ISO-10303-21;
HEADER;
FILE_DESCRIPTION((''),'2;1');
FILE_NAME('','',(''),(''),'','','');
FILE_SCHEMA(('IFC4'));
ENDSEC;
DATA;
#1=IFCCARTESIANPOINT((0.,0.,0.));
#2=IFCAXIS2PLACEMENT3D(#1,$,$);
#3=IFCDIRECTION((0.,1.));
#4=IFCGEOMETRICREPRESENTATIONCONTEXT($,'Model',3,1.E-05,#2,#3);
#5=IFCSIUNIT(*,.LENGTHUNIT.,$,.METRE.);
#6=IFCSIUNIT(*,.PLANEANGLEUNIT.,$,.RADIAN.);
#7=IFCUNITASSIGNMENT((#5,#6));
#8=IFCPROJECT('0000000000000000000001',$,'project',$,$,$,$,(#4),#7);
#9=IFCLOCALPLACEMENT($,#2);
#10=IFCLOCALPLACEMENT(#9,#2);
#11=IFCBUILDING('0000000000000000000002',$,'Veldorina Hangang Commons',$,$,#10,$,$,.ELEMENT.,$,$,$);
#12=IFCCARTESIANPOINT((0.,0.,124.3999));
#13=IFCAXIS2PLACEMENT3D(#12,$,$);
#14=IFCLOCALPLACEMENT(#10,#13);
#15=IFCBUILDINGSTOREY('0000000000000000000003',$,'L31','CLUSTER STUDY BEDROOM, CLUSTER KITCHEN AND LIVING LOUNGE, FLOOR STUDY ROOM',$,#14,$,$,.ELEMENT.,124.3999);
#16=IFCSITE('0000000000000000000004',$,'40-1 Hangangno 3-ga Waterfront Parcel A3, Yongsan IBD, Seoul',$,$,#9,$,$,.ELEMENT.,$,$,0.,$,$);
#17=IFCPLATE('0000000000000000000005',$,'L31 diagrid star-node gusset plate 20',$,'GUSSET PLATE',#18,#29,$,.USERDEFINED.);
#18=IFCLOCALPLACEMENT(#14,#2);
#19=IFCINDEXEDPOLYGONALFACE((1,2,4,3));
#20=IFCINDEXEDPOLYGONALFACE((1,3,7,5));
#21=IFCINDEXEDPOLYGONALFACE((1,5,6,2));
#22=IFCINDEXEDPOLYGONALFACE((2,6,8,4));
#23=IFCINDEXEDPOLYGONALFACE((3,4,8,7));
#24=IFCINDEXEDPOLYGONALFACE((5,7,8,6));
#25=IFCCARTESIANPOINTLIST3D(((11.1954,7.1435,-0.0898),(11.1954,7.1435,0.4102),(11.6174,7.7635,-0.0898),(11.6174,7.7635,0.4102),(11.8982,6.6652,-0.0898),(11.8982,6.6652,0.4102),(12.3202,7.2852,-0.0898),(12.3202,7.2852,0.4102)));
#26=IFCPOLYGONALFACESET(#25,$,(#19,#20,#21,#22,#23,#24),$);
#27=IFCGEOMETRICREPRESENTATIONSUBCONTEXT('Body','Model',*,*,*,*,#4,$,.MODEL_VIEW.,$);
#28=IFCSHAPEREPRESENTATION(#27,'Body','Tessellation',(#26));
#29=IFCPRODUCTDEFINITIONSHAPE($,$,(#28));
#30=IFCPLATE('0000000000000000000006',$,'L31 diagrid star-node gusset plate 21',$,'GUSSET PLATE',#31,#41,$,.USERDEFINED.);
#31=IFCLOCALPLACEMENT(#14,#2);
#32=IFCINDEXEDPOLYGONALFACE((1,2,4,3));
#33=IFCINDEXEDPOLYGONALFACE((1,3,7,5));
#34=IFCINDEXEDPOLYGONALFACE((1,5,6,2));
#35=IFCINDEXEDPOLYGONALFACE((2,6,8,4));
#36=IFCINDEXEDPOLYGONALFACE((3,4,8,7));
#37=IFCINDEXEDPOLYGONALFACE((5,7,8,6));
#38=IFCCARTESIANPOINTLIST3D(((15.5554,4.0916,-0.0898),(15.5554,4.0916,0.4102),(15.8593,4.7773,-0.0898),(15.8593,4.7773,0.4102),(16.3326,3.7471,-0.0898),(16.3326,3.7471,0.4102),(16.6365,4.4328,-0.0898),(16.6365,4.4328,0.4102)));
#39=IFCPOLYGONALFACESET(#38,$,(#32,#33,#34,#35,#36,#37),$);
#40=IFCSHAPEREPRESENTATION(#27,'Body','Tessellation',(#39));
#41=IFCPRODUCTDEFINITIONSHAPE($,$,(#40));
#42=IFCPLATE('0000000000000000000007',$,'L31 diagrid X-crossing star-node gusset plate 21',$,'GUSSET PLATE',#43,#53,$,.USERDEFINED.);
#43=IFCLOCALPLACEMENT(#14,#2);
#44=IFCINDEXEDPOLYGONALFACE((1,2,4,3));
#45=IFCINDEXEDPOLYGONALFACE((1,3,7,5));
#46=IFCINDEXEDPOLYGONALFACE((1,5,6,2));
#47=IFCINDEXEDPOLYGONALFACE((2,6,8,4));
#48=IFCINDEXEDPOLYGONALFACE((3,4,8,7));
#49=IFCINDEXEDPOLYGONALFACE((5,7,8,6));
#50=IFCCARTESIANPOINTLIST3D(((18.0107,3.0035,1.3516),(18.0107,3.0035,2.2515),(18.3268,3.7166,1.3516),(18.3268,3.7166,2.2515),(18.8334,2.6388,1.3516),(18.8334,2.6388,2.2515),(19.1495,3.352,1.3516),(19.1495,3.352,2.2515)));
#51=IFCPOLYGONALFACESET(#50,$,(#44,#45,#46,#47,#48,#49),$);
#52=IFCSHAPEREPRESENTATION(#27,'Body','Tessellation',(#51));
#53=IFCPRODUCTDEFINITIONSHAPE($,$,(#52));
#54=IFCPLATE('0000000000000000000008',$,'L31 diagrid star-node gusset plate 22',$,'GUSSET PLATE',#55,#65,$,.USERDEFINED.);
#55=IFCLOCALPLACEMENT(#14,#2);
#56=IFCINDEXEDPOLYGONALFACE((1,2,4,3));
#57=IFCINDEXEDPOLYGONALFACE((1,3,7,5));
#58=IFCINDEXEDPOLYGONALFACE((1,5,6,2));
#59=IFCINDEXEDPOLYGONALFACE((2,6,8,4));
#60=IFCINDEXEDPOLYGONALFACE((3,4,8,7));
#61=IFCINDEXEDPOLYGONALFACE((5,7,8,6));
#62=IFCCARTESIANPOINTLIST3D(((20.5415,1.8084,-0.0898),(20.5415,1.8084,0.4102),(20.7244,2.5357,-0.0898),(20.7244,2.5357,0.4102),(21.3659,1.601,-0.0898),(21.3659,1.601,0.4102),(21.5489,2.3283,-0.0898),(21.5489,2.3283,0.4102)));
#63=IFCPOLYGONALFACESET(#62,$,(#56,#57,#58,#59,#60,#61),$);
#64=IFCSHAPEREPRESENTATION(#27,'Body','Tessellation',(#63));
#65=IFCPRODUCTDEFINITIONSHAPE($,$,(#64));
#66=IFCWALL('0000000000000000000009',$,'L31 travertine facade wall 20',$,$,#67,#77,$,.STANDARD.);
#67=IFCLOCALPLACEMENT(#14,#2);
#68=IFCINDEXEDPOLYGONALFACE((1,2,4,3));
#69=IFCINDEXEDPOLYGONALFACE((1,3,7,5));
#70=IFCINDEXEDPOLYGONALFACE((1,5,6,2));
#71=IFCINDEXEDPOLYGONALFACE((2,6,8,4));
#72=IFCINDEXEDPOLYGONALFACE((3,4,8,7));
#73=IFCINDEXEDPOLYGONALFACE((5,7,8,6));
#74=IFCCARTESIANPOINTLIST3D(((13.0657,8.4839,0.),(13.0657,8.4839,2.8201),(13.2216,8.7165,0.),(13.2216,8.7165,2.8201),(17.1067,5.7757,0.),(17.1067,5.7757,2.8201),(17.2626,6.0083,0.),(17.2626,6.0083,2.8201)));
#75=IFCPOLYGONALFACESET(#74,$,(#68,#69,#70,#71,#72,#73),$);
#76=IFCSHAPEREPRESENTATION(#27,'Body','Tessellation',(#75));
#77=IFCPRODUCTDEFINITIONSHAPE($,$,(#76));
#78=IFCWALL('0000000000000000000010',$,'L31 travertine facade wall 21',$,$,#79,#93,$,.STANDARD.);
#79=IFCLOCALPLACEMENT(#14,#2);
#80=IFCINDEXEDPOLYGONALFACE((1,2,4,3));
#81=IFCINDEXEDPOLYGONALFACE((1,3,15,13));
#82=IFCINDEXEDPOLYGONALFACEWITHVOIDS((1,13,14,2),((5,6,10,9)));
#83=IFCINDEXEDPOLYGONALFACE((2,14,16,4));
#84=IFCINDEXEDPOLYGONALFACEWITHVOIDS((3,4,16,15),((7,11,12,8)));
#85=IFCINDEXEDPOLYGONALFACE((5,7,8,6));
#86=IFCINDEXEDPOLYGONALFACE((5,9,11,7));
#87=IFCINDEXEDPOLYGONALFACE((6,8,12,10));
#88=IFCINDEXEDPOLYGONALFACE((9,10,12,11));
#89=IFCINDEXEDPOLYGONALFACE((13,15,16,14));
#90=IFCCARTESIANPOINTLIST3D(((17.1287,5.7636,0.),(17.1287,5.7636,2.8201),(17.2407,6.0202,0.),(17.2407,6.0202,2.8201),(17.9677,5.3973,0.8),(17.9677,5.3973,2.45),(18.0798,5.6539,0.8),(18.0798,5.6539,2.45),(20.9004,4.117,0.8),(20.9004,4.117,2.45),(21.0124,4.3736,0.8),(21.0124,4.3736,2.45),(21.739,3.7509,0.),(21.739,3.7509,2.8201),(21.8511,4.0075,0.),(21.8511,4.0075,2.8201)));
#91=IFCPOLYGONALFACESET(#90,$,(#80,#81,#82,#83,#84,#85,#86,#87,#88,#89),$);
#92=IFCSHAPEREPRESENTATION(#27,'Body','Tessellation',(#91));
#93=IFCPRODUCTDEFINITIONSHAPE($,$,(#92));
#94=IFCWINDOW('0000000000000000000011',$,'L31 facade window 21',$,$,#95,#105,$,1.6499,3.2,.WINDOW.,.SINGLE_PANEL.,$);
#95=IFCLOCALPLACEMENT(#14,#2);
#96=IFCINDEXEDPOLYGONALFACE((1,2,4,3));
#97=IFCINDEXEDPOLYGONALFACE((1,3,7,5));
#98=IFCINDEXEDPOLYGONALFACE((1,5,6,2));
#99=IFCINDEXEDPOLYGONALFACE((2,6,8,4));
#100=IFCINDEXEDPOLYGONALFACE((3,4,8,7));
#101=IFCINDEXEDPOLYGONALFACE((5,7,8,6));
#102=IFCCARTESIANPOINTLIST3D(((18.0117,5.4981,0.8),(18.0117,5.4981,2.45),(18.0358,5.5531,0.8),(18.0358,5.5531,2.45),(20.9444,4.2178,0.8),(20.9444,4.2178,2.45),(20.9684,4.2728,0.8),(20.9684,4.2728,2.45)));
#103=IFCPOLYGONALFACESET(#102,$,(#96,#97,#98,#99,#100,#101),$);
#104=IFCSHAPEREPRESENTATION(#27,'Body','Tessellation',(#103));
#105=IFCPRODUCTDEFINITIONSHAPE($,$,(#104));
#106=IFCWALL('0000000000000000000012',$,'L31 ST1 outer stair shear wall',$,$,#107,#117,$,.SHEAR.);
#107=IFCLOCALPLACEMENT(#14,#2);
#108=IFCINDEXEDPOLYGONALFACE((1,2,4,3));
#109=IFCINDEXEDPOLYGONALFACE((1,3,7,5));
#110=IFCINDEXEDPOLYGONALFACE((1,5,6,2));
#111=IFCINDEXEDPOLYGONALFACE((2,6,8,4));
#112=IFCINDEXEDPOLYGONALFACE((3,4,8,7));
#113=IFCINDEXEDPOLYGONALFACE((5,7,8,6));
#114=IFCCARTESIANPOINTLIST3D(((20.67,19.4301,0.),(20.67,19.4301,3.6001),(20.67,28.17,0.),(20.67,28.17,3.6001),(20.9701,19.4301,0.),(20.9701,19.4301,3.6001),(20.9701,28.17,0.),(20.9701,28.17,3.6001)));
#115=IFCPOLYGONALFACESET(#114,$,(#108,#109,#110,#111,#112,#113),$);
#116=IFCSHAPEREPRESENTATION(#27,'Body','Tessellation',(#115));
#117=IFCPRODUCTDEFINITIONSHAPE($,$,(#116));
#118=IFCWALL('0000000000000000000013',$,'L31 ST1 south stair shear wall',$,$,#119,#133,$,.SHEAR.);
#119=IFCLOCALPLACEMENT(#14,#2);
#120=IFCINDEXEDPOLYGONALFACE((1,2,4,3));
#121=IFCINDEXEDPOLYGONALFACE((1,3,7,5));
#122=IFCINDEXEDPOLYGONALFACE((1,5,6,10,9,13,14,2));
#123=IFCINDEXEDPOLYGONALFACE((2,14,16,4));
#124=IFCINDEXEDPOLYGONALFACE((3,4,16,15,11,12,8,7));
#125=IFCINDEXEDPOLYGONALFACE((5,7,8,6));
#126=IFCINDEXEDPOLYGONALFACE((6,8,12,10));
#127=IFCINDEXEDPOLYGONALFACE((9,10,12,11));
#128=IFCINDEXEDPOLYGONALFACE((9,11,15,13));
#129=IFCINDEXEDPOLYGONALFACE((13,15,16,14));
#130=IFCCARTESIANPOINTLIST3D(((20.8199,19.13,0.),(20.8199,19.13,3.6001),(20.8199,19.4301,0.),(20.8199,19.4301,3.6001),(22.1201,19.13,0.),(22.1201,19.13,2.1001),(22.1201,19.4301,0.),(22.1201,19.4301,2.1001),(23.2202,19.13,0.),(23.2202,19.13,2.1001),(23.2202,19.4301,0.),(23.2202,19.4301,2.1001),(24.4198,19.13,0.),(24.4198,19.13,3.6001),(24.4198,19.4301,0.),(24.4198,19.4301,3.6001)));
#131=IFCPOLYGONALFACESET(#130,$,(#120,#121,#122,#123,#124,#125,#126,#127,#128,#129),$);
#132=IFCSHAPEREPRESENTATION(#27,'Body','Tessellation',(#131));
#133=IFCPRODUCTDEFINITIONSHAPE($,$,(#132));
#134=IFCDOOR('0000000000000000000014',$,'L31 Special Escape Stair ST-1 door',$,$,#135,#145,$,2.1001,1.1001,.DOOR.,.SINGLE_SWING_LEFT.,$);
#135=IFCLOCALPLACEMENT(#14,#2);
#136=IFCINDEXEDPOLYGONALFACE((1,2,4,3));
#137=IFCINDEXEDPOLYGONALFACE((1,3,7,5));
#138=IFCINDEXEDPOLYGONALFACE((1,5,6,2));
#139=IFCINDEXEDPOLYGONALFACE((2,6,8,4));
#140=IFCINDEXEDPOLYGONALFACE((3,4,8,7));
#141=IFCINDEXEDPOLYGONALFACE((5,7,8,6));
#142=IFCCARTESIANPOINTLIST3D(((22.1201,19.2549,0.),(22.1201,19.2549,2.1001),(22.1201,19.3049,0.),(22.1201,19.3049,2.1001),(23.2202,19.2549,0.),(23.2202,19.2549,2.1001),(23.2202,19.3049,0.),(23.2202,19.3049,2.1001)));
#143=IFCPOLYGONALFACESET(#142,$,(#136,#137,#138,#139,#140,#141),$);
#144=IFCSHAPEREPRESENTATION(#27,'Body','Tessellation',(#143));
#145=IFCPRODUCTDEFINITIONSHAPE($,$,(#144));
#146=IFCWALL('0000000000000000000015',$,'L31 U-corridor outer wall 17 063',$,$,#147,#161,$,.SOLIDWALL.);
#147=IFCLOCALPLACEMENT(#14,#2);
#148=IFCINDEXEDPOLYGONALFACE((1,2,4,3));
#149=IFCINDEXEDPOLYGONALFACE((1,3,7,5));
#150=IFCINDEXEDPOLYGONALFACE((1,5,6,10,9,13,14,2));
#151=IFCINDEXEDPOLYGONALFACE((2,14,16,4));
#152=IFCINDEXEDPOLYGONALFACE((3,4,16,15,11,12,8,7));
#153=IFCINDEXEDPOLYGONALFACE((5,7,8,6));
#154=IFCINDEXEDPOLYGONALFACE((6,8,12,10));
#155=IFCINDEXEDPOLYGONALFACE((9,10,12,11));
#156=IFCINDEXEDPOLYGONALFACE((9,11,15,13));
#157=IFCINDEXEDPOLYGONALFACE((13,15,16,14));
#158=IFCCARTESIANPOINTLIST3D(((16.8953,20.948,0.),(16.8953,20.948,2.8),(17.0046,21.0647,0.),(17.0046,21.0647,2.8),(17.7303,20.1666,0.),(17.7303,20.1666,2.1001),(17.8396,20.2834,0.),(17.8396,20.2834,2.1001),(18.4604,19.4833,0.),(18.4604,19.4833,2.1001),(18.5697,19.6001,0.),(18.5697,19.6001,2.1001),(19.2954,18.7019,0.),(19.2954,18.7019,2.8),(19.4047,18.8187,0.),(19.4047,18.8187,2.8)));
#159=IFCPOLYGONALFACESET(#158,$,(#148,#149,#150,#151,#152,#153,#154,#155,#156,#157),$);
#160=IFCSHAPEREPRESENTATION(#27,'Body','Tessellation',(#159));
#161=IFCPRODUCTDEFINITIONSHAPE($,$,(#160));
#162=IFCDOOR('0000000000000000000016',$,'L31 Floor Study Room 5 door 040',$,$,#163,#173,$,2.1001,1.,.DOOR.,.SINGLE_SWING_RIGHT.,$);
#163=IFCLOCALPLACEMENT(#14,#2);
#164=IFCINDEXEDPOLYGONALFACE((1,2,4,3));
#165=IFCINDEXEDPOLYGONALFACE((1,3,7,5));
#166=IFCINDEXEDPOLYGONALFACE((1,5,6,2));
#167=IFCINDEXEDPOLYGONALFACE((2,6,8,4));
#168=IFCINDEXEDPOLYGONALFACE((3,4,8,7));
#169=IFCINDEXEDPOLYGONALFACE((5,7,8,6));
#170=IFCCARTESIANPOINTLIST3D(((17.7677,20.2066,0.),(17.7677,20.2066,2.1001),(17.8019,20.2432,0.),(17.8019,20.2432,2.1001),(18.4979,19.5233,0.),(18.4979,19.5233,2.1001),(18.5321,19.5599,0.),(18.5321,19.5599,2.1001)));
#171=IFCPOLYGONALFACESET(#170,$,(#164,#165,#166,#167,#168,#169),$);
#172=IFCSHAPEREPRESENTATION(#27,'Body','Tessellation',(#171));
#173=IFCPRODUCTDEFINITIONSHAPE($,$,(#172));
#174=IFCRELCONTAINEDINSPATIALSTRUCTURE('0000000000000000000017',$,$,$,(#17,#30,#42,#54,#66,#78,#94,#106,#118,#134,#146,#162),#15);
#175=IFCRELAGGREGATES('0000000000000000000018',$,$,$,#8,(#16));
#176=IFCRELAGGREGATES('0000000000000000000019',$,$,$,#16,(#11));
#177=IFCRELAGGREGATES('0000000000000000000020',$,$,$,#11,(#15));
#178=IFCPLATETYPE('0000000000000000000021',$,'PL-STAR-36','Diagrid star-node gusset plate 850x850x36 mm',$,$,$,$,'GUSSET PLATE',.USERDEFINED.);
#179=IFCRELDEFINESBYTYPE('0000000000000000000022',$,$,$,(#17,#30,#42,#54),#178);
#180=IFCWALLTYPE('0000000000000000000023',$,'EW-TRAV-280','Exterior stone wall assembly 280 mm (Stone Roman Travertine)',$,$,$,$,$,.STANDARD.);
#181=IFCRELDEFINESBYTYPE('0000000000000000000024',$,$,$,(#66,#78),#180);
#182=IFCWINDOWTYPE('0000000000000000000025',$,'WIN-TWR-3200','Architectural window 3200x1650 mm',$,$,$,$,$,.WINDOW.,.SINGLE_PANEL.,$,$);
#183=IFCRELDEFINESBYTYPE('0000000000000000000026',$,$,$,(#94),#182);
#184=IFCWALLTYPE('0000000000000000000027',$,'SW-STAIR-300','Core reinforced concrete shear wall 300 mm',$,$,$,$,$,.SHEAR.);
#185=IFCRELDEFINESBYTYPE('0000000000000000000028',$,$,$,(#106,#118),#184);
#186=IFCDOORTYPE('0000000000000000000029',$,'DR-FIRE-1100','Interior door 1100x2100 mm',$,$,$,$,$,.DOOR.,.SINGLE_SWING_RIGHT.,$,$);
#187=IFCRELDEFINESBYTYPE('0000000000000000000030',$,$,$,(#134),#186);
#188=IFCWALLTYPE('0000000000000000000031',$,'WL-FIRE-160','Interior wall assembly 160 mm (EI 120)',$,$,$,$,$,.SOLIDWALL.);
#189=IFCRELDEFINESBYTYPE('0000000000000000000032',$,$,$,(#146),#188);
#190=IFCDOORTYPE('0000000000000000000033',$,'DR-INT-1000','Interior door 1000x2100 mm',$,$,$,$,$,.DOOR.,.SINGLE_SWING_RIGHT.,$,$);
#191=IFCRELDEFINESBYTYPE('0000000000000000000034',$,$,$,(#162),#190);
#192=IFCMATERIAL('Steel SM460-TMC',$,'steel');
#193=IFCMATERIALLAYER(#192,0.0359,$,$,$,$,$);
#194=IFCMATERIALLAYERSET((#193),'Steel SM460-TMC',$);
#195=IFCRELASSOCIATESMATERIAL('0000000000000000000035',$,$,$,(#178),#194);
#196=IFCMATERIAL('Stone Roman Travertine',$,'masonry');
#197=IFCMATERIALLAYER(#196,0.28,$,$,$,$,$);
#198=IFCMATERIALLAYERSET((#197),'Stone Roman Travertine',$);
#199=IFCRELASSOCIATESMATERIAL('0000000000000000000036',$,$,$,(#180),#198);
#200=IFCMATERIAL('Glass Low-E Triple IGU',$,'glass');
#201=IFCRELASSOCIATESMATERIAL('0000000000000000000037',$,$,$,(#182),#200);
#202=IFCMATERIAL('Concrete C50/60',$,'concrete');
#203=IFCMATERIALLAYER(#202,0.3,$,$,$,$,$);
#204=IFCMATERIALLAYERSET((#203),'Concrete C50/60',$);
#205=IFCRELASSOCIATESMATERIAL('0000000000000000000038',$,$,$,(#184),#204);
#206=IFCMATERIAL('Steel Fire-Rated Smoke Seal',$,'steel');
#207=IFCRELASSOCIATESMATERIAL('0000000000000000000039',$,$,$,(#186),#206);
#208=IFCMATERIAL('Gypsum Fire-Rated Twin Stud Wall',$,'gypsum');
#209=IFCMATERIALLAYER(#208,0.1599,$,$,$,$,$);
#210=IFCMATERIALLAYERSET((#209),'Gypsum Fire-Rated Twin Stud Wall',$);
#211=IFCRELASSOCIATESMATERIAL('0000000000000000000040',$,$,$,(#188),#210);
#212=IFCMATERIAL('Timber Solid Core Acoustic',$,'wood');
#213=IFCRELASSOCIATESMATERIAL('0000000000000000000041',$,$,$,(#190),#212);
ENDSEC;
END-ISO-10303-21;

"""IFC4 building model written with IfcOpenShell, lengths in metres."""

from ifc_helpers import new_model, si_unit, direction, frame, frame_2d, origin, origin_2d, place, context, subcontext, project, spatial, rectangle, extrude, material, layer, layer_set, type_object, element, fill, save


model = new_model("IFC4")

# Units and contexts
model_context = context("Model", 3, precision=1e-05, world=origin(), true_north=direction((0.0, 1.0)))
body_context = subcontext(model_context, "Body", "Model", "MODEL_VIEW")
ifc_project = project(units=[si_unit("LENGTHUNIT", "METRE"), si_unit("PLANEANGLEUNIT", "RADIAN")], contexts=[model_context])

# Site, building, storey
site_placement = place(None, origin())
site = spatial("IfcSite", under=ifc_project, at=site_placement, Name="40-1 Hangangno 3-ga Waterfront Parcel A3, Yongsan IBD, Seoul", CompositionType="ELEMENT", RefElevation=0.0)
building_placement = place(site_placement, origin())
building = spatial("IfcBuilding", under=site, at=building_placement, Name="Veldorina Hangang Commons", CompositionType="ELEMENT")
storey_placement = place(building_placement, frame((0.0, 0.0, 124.3999)))
storey = spatial("IfcBuildingStorey", under=building, at=storey_placement, Name="L31", Description="CLUSTER STUDY BEDROOM, CLUSTER KITCHEN AND LIVING LOUNGE, FLOOR STUDY ROOM", CompositionType="ELEMENT", Elevation=124.3999)

# Plates
ifc_material_1 = material(Name="Steel SM460-TMC", Category="steel")
ifc_layer_1 = layer(ifc_material_1, 0.0359)
ifc_layer_set_1 = layer_set([ifc_layer_1], Name="Steel SM460-TMC")
plate_type = type_object("IfcPlateType", Name="PL-STAR-36", Description="Diagrid star-node gusset plate 850x850x36 mm", ElementType="GUSSET PLATE", PredefinedType="USERDEFINED", material=ifc_layer_set_1)
for number, where, z_axis, x_axis, name in (
    (1, (11.7578, 7.2144, -0.0898), (0.0, 0.0, 1.0), (0.826717, -0.562617, 0.0), "L31 diagrid star-node gusset plate 20"),
    (2, (16.0959, 4.2622, -0.0898), (0.0, 0.0, 1.0), (0.914219, -0.405221, 0.0), "L31 diagrid star-node gusset plate 21"),
):
    element("IfcPlate", number, at=place(storey_placement, frame(where, z_axis=z_axis, x_axis=x_axis)), inside=storey, type_object=plate_type, Name=name, ObjectType="GUSSET PLATE", PredefinedType="USERDEFINED", context=body_context, shape_type="SweptSolid", body=[
        extrude(rectangle(XDim=0.8501, YDim=0.75, at=origin_2d()), origin(), (0.0, 0.0, 1.0), 0.5),
    ])
plate_1_placement = place(storey_placement, frame((18.5801, 3.1777, 1.3516), z_axis=(0.0, 0.0, 1.0), x_axis=(0.914219, -0.405221, 0.0)))
element("IfcPlate", 3, at=plate_1_placement, inside=storey, type_object=plate_type, Name="L31 diagrid X-crossing star-node gusset plate 21", ObjectType="GUSSET PLATE", PredefinedType="USERDEFINED", context=body_context, shape_type="SweptSolid", body=[
    extrude(rectangle(XDim=0.8999, YDim=0.78, at=origin_2d()), origin(), (0.0, 0.0, 1.0), 0.8999),
])
plate_2_placement = place(storey_placement, frame((21.0452, 2.0684, -0.0898), z_axis=(0.0, 0.0, 1.0), x_axis=(0.969787, -0.243954, 0.0)))
element("IfcPlate", 4, at=plate_2_placement, inside=storey, type_object=plate_type, Name="L31 diagrid star-node gusset plate 22", ObjectType="GUSSET PLATE", PredefinedType="USERDEFINED", context=body_context, shape_type="SweptSolid", body=[
    extrude(rectangle(XDim=0.8501, YDim=0.75, at=origin_2d()), origin(), (0.0, 0.0, 1.0), 0.5),
])

# Wall
ifc_material_2 = material(Name="Stone Roman Travertine", Category="masonry")
ifc_layer_2 = layer(ifc_material_2, 0.28)
ifc_layer_set_2 = layer_set([ifc_layer_2], Name="Stone Roman Travertine")
wall_type_1 = type_object("IfcWallType", Name="EW-TRAV-280", Description="Exterior stone wall assembly 280 mm (Stone Roman Travertine)", PredefinedType="STANDARD", material=ifc_layer_set_2)
wall_1_placement = place(storey_placement, frame((13.1438, 8.6001, 0.0), z_axis=(0.0, 0.0, 1.0), x_axis=(0.830697, -0.556725, 0.0)))
element("IfcWall", 5, at=wall_1_placement, inside=storey, type_object=wall_type_1, Name="L31 travertine facade wall 20", PredefinedType="STANDARD", context=body_context, shape_type="SweptSolid", body=[
    extrude(rectangle(XDim=4.8645, YDim=0.28, at=frame_2d((2.4321, 0.0))), origin(), (0.0, 0.0, 1.0), 2.8201),
])

# Wall, opening, window
wall_2_placement = place(storey_placement, frame((17.1848, 5.8918, 0.0), z_axis=(0.0, 0.0, 1.0), x_axis=(0.916473, -0.400096, 0.0)))
wall_2 = element("IfcWall", 6, at=wall_2_placement, inside=storey, type_object=wall_type_1, Name="L31 travertine facade wall 21", PredefinedType="STANDARD", context=body_context, shape_type="SweptSolid", body=[
    extrude(rectangle(XDim=5.0305, YDim=0.28, at=frame_2d((2.5151, 0.0))), origin(), (0.0, 0.0, 1.0), 2.8201),
])
opening_1_placement = place(wall_2_placement, frame((0.9153, 0.0, 0.8)))
opening_1 = element("IfcOpeningElement", 7, at=opening_1_placement, cuts=wall_2, PredefinedType="OPENING", context=body_context, shape_type="SweptSolid", body=[
    extrude(rectangle(XDim=3.2, YDim=1.6499, at=frame_2d((1.6001, 0.825))), frame((0.0, 0.1499, 0.0), z_axis=(0.0, -1.0, 0.0), x_axis=(1.0, 0.0, 0.0)), (0.0, 0.0, 1.0), 0.3),
])
ifc_material_3 = material(Name="Glass Low-E Triple IGU", Category="glass")
window_type = type_object("IfcWindowType", Name="WIN-TWR-3200", Description="Architectural window 3200x1650 mm", PartitioningType="SINGLE_PANEL", PredefinedType="WINDOW", material=ifc_material_3)
window_placement = place(opening_1_placement, origin())
window = element("IfcWindow", 8, at=window_placement, inside=storey, type_object=window_type, Name="L31 facade window 21", OverallHeight=1.6499, OverallWidth=3.2, PartitioningType="SINGLE_PANEL", PredefinedType="WINDOW", context=body_context, shape_type="SweptSolid", body=[
    extrude(rectangle(XDim=3.2, YDim=1.6499, at=frame_2d((1.6001, 0.825))), frame((0.0, 0.03, 0.0), z_axis=(0.0, -1.0, 0.0), x_axis=(1.0, 0.0, 0.0)), (0.0, 0.0, 1.0), 0.0601),
])
fill(opening_1, window)

# Wall
ifc_material_4 = material(Name="Concrete C50/60", Category="concrete")
ifc_layer_3 = layer(ifc_material_4, 0.3)
ifc_layer_set_3 = layer_set([ifc_layer_3], Name="Concrete C50/60")
wall_type_2 = type_object("IfcWallType", Name="SW-STAIR-300", Description="Core reinforced concrete shear wall 300 mm", PredefinedType="SHEAR", material=ifc_layer_set_3)
wall_3_placement = place(storey_placement, frame((20.8201, 19.4299, 0.0), z_axis=(0.0, 0.0, 1.0), x_axis=(0.0, 1.0, 0.0)))
element("IfcWall", 9, at=wall_3_placement, inside=storey, type_object=wall_type_2, Name="L31 ST1 outer stair shear wall", PredefinedType="SHEAR", context=body_context, shape_type="SweptSolid", body=[
    extrude(rectangle(XDim=8.74, YDim=0.3, at=frame_2d((4.3701, 0.0))), origin(), (0.0, 0.0, 1.0), 3.6001),
])

# Walls, openings, doors
wall_4_placement = place(storey_placement, frame((20.8201, 19.28, 0.0), z_axis=(0.0, 0.0, 1.0), x_axis=(1.0, 0.0, 0.0)))
wall_4 = element("IfcWall", 10, at=wall_4_placement, inside=storey, type_object=wall_type_2, Name="L31 ST1 south stair shear wall", PredefinedType="SHEAR", context=body_context, shape_type="SweptSolid", body=[
    extrude(rectangle(XDim=3.5999, YDim=0.3, at=frame_2d((1.7998, 0.0))), origin(), (0.0, 0.0, 1.0), 3.6001),
])
opening_2_placement = place(wall_4_placement, frame((1.3, 0.0, 0.0)))
opening_2 = element("IfcOpeningElement", 11, at=opening_2_placement, cuts=wall_4, PredefinedType="OPENING", context=body_context, shape_type="SweptSolid", body=[
    extrude(rectangle(XDim=1.1001, YDim=2.1001, at=frame_2d((0.55, 1.05))), frame((0.0, 0.1602, 0.0), z_axis=(0.0, -1.0, 0.0), x_axis=(1.0, 0.0, 0.0)), (0.0, 0.0, 1.0), 0.3201),
])
ifc_material_5 = material(Name="Steel Fire-Rated Smoke Seal", Category="steel")
door_type_1 = type_object("IfcDoorType", Name="DR-FIRE-1100", Description="Interior door 1100x2100 mm", OperationType="SINGLE_SWING_RIGHT", PredefinedType="DOOR", material=ifc_material_5)
door_1_placement = place(opening_2_placement, origin())
door_1 = element("IfcDoor", 12, at=door_1_placement, inside=storey, type_object=door_type_1, Name="L31 Special Escape Stair ST-1 door", OperationType="SINGLE_SWING_LEFT", OverallHeight=2.1001, OverallWidth=1.1001, PredefinedType="DOOR", context=body_context, shape_type="SweptSolid", body=[
    extrude(rectangle(XDim=1.1001, YDim=2.1001, at=frame_2d((0.55, 1.05))), frame((0.0, 0.0249, 0.0), z_axis=(0.0, -1.0, 0.0), x_axis=(1.0, 0.0, 0.0)), (0.0, 0.0, 1.0), 0.05),
])
fill(opening_2, door_1)
ifc_material_6 = material(Name="Gypsum Fire-Rated Twin Stud Wall", Category="gypsum")
ifc_layer_4 = layer(ifc_material_6, 0.1599)
ifc_layer_set_4 = layer_set([ifc_layer_4], Name="Gypsum Fire-Rated Twin Stud Wall")
wall_type_3 = type_object("IfcWallType", Name="WL-FIRE-160", Description="Interior wall assembly 160 mm (EI 120)", PredefinedType="SOLIDWALL", material=ifc_layer_set_4)
wall_5_placement = place(storey_placement, frame((16.95, 21.0063, 0.0), z_axis=(0.0, 0.0, 1.0), x_axis=(0.730151, -0.683286, 0.0)))
wall_5 = element("IfcWall", 13, at=wall_5_placement, inside=storey, type_object=wall_type_3, Name="L31 U-corridor outer wall 17 063", PredefinedType="SOLIDWALL", context=body_context, shape_type="SweptSolid", body=[
    extrude(rectangle(XDim=3.2871, YDim=0.1599, at=frame_2d((1.6436, 0.0))), origin(), (0.0, 0.0, 1.0), 2.8),
])
opening_3_placement = place(wall_5_placement, frame((1.1436, 0.0, 0.0)))
opening_3 = element("IfcOpeningElement", 14, at=opening_3_placement, cuts=wall_5, PredefinedType="OPENING", context=body_context, shape_type="SweptSolid", body=[
    extrude(rectangle(XDim=1.0, YDim=2.1001, at=frame_2d((0.5, 1.05))), frame((0.0, 0.0898, 0.0), z_axis=(0.0, -1.0, 0.0), x_axis=(1.0, 0.0, 0.0)), (0.0, 0.0, 1.0), 0.1799),
])
ifc_material_7 = material(Name="Timber Solid Core Acoustic", Category="wood")
door_type_2 = type_object("IfcDoorType", Name="DR-INT-1000", Description="Interior door 1000x2100 mm", OperationType="SINGLE_SWING_RIGHT", PredefinedType="DOOR", material=ifc_material_7)
door_2_placement = place(opening_3_placement, origin())
door_2 = element("IfcDoor", 15, at=door_2_placement, inside=storey, type_object=door_type_2, Name="L31 Floor Study Room 5 door 040", OperationType="SINGLE_SWING_RIGHT", OverallHeight=2.1001, OverallWidth=1.0, PredefinedType="DOOR", context=body_context, shape_type="SweptSolid", body=[
    extrude(rectangle(XDim=1.0, YDim=2.1001, at=frame_2d((0.5, 1.05))), frame((0.0, 0.0249, 0.0), z_axis=(0.0, -1.0, 0.0), x_axis=(1.0, 0.0, 0.0)), (0.0, 0.0, 1.0), 0.05),
])
fill(opening_3, door_2)

save(model, "model.ifc")
